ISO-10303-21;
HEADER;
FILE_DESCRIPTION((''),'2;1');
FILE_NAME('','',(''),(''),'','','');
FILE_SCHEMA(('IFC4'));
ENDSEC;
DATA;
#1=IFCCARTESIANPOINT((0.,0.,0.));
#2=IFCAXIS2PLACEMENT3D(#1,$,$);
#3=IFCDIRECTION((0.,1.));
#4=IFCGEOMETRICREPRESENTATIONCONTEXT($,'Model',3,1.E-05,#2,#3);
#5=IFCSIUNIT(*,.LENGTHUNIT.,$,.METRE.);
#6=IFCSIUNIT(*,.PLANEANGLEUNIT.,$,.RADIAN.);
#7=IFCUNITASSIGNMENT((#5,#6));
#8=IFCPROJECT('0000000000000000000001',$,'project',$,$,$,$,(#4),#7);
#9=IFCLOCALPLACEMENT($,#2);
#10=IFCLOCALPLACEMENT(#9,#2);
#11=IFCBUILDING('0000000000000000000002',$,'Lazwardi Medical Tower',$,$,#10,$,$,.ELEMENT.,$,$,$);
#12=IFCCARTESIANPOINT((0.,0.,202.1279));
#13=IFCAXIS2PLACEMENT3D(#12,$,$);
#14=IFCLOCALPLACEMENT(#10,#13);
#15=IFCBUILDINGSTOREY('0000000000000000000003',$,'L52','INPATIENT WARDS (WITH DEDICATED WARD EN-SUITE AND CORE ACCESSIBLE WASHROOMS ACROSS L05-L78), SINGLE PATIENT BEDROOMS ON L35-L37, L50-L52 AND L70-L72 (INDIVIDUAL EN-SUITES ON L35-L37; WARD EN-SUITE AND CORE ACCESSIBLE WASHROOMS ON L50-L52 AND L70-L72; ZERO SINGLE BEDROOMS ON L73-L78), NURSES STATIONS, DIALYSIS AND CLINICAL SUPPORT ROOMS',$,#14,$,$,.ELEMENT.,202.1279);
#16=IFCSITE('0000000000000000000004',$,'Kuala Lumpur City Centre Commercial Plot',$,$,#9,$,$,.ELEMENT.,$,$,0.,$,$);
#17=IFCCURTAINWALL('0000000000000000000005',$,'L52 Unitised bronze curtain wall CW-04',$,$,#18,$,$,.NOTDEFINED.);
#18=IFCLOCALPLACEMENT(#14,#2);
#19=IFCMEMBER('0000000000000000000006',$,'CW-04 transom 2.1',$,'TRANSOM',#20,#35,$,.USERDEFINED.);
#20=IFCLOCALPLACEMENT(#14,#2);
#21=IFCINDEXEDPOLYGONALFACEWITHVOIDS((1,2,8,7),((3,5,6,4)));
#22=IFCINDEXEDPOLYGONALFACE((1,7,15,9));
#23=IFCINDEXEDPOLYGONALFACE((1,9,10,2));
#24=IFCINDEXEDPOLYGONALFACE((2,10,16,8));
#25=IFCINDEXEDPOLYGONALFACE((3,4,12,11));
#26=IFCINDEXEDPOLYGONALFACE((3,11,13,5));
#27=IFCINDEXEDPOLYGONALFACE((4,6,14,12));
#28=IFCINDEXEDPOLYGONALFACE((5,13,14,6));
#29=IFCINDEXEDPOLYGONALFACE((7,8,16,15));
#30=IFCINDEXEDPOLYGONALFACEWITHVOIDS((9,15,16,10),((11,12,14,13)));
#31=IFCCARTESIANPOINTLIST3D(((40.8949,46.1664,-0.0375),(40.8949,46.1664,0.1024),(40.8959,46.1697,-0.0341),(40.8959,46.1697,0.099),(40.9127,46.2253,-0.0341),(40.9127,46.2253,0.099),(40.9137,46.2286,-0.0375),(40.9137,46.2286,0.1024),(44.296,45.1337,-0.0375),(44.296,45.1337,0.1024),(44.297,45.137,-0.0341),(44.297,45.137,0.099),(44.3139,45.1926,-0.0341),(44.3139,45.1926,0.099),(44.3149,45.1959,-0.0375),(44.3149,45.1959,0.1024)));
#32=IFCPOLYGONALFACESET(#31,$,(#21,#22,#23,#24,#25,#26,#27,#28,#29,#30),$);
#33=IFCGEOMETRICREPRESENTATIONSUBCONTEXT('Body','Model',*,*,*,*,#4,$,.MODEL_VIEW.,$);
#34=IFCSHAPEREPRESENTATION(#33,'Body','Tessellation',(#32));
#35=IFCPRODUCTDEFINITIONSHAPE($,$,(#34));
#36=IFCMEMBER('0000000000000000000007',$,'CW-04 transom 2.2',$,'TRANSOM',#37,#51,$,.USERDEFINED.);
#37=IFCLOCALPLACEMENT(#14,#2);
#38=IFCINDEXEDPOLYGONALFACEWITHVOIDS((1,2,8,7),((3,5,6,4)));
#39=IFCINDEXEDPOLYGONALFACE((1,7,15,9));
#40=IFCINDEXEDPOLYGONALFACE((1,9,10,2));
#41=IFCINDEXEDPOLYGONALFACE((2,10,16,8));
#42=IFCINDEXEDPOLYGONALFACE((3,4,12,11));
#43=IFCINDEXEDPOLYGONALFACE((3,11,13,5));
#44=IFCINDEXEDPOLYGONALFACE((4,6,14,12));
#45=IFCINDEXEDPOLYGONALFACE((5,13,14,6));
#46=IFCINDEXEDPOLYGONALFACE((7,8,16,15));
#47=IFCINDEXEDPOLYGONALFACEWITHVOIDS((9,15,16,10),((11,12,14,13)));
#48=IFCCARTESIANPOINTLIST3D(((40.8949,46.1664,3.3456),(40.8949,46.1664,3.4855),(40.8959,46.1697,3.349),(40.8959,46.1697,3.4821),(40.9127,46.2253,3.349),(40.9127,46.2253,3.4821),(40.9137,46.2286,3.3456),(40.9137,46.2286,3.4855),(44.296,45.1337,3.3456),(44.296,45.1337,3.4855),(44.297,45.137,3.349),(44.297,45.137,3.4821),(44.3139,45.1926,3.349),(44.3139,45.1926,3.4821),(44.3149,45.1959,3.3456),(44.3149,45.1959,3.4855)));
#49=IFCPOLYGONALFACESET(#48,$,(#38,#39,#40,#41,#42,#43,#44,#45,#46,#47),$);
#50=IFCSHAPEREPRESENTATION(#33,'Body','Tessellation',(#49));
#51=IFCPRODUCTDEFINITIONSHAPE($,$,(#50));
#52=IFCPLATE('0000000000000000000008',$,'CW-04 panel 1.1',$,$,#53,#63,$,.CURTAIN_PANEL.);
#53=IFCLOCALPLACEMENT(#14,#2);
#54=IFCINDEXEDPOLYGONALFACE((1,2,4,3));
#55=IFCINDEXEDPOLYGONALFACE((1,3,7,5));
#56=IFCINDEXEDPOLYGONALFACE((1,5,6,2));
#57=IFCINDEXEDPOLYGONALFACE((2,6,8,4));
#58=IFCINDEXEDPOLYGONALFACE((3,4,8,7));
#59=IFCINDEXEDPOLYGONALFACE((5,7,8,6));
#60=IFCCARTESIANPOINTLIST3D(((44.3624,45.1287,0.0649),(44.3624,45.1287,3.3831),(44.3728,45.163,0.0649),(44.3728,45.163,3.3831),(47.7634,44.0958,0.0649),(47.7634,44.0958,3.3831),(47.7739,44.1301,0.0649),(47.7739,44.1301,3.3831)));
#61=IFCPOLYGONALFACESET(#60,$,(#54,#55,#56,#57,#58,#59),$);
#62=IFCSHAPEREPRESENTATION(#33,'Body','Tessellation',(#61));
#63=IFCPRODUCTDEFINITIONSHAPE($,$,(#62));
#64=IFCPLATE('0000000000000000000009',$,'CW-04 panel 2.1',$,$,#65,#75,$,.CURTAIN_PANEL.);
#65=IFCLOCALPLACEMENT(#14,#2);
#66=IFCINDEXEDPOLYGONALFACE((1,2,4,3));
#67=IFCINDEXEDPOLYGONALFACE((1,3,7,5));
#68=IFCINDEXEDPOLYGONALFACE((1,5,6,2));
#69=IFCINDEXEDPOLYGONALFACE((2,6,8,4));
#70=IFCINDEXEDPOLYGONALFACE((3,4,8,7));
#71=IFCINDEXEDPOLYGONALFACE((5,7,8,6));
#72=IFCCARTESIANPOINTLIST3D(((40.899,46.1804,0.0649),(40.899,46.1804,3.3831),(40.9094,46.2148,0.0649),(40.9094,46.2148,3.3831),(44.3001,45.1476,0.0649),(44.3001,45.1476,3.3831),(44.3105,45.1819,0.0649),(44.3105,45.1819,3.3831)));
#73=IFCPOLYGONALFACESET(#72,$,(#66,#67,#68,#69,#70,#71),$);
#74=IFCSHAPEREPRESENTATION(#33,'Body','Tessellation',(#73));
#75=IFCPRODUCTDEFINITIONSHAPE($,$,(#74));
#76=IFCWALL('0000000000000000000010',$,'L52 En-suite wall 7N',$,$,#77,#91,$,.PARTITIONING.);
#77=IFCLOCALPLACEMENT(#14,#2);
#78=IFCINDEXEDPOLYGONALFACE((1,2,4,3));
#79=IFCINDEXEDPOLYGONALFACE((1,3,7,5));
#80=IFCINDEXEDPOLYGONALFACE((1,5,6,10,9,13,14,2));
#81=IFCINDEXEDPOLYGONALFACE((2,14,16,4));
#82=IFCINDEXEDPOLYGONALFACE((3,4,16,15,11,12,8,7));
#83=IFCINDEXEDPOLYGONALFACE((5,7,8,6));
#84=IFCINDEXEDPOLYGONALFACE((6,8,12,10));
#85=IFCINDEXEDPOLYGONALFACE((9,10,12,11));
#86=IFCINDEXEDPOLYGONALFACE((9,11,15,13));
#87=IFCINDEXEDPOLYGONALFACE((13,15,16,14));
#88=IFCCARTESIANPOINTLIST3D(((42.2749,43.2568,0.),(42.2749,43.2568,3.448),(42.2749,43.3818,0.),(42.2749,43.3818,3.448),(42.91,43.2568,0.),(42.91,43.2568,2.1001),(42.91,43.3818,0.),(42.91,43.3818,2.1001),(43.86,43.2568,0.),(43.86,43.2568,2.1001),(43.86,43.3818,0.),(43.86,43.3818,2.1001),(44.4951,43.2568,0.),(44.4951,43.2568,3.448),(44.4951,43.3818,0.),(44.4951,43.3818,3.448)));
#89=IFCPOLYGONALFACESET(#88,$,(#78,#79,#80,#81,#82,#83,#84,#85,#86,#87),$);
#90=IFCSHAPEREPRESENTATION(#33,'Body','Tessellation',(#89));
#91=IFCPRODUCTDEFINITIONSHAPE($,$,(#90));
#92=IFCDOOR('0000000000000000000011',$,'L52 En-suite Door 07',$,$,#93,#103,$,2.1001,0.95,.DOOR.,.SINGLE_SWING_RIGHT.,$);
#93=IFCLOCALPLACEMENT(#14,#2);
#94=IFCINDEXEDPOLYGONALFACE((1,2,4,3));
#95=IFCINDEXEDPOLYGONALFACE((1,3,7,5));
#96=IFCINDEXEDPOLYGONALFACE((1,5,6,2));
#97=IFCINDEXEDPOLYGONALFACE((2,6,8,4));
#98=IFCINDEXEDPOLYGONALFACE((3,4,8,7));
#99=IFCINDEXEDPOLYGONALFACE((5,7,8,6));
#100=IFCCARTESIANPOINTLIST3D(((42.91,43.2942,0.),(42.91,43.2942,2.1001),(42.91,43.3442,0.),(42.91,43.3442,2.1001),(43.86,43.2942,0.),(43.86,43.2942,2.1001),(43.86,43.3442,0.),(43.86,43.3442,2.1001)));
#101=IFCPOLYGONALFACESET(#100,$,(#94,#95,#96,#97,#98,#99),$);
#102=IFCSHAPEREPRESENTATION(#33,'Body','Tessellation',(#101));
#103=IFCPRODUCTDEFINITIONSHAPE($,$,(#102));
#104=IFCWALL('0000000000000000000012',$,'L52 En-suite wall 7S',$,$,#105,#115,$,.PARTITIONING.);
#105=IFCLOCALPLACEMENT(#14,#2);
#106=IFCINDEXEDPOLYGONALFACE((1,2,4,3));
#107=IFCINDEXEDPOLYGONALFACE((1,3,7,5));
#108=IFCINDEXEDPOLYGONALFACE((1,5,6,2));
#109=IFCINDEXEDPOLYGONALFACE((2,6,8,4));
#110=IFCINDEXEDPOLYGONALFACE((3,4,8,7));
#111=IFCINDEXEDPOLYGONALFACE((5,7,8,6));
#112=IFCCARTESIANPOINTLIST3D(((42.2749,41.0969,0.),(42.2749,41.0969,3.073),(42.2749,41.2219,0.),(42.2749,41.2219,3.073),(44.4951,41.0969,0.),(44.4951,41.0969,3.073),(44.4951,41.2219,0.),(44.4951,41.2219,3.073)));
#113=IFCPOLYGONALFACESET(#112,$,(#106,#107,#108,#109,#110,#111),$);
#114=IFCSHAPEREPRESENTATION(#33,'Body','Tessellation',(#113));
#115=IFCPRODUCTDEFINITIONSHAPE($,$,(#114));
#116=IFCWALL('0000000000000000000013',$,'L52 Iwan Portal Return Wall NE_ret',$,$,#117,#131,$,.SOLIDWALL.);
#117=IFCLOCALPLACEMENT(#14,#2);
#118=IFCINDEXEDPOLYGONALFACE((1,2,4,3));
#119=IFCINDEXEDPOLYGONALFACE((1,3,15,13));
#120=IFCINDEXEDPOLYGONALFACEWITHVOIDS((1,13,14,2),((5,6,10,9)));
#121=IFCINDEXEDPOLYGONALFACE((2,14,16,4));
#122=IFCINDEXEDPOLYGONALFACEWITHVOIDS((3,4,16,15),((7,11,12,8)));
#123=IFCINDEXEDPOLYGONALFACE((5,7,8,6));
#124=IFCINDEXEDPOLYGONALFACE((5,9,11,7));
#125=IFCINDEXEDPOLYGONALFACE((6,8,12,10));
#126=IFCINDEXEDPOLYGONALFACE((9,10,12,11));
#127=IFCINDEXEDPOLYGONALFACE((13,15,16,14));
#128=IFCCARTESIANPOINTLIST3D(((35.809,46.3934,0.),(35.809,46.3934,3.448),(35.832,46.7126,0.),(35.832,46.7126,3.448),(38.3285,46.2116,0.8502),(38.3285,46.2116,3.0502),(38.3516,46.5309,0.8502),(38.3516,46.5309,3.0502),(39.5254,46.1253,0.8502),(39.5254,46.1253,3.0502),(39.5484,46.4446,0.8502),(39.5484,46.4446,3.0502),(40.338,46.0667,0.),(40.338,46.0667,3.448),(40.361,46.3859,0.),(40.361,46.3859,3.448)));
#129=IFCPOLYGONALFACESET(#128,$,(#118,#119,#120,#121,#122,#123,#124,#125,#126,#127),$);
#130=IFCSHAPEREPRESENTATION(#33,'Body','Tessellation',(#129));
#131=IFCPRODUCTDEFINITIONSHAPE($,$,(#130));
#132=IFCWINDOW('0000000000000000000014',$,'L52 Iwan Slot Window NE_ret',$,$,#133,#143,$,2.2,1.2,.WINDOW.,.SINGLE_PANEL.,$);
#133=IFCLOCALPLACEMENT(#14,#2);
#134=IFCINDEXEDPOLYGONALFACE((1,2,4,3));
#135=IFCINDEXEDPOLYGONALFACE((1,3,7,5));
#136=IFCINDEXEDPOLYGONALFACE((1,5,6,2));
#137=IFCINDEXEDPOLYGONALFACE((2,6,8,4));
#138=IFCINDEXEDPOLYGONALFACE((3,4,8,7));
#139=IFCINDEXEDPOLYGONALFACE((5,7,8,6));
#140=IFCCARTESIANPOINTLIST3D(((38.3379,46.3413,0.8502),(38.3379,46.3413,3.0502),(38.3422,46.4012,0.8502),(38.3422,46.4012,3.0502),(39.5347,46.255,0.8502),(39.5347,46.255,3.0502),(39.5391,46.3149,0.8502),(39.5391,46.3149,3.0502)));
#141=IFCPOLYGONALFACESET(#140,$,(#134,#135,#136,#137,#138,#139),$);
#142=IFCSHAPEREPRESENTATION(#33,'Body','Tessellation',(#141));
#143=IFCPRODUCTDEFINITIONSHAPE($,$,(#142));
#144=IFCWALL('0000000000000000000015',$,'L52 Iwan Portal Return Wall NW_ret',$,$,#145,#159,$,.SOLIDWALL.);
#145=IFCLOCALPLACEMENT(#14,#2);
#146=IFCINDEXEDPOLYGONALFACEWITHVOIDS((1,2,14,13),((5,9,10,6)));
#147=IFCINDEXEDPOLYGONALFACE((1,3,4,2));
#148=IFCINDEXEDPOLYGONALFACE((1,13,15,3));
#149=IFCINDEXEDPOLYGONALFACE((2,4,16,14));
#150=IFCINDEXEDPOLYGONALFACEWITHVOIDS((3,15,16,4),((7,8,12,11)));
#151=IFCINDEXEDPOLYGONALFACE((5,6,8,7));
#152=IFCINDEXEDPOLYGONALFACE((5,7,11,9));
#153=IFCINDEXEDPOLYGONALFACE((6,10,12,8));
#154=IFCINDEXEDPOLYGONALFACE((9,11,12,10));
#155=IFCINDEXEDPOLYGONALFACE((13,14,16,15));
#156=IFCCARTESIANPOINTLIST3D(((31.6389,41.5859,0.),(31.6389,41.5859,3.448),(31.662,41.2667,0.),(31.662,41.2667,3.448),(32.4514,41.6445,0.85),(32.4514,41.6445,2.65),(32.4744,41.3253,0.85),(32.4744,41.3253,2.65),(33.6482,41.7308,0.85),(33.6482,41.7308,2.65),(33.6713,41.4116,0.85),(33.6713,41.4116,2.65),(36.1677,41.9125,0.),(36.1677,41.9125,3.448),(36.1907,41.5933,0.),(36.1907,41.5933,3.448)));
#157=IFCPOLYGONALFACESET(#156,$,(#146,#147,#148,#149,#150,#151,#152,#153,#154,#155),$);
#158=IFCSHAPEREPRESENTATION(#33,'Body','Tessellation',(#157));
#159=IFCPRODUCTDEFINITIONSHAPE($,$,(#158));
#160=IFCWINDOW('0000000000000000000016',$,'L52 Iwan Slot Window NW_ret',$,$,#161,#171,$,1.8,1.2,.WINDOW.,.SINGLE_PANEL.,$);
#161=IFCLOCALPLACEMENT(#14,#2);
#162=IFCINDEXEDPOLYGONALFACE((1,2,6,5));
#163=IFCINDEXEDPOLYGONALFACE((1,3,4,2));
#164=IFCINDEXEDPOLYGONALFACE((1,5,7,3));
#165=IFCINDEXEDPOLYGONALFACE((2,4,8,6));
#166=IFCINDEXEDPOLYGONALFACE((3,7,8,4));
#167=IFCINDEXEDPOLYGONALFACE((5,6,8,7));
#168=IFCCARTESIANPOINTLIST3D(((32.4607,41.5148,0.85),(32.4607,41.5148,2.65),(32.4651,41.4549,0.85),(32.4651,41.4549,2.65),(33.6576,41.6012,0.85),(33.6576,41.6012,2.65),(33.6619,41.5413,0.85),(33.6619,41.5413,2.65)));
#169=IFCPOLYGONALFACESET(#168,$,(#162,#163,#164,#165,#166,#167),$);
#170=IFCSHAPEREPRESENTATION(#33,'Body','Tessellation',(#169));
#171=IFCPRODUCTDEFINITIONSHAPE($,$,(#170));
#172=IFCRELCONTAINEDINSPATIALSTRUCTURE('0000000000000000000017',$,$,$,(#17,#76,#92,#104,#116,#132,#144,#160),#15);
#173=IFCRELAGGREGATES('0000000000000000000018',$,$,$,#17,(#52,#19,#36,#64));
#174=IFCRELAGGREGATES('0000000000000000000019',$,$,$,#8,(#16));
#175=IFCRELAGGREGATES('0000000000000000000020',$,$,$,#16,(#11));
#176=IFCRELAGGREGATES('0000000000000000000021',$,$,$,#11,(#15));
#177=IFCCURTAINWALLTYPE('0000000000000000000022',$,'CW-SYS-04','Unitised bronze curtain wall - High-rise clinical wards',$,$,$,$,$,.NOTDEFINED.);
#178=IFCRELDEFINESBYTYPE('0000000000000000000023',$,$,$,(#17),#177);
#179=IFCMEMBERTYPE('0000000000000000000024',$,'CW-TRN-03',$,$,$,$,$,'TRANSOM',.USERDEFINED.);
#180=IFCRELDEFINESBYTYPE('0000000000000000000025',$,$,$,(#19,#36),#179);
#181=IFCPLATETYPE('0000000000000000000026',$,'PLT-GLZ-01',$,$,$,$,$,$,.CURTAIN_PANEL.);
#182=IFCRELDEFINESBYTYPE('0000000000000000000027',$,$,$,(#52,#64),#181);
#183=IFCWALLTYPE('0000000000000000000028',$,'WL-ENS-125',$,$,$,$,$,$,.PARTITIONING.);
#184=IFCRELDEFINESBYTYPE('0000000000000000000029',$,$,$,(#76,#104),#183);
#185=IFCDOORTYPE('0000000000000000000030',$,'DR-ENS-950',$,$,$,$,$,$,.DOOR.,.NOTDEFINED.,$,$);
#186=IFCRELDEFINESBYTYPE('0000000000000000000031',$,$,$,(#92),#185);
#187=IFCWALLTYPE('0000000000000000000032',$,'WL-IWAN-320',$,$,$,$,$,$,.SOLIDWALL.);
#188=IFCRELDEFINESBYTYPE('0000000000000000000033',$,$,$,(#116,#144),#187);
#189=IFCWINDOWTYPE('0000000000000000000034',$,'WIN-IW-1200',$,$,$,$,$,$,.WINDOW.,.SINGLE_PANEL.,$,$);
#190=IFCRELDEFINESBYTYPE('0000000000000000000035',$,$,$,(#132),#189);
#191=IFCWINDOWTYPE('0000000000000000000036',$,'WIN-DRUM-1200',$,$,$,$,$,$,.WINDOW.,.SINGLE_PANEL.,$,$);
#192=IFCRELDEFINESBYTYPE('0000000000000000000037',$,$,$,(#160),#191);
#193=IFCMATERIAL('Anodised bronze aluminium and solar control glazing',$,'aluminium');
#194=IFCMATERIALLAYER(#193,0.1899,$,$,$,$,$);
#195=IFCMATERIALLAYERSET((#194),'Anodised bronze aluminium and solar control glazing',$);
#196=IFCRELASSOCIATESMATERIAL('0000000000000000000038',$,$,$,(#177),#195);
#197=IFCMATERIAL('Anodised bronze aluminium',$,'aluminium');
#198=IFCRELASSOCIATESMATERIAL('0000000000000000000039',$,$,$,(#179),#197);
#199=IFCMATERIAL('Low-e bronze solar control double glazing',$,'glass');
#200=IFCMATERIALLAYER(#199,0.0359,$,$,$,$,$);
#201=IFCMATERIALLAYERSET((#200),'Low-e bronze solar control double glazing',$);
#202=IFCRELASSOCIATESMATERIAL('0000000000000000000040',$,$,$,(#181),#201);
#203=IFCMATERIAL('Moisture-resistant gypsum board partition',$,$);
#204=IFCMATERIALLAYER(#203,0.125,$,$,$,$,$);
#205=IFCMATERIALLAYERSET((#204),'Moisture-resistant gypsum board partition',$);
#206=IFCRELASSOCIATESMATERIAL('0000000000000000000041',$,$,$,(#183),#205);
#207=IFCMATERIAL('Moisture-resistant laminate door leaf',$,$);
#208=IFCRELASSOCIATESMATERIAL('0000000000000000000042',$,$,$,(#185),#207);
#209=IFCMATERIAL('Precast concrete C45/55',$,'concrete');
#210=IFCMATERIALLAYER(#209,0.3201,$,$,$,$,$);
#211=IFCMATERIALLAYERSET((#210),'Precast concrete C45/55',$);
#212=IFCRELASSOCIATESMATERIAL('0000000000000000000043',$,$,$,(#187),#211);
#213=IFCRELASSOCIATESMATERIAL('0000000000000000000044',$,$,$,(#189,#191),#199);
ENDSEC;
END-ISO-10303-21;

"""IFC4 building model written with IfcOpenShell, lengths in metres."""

from ifc_helpers import new_model, si_unit, direction, frame, frame_2d, origin, origin_2d, place, context, subcontext, project, spatial, rectangle, hollow_rectangle, extrude, material, layer, layer_set, material_profile, profile_set, type_object, element, fill, aggregate, save


model = new_model("IFC4")

# Units and contexts
model_context = context("Model", 3, precision=1e-05, world=origin(), true_north=direction((0.0, 1.0)))
body_context = subcontext(model_context, "Body", "Model", "MODEL_VIEW")
ifc_project = project(units=[si_unit("LENGTHUNIT", "METRE"), si_unit("PLANEANGLEUNIT", "RADIAN")], contexts=[model_context])

# Site, building, storey
site_placement = place(None, origin())
site = spatial("IfcSite", under=ifc_project, at=site_placement, Name="Kuala Lumpur City Centre Commercial Plot", CompositionType="ELEMENT", RefElevation=0.0)
building_placement = place(site_placement, origin())
building = spatial("IfcBuilding", under=site, at=building_placement, Name="Lazwardi Medical Tower", CompositionType="ELEMENT")
storey_placement = place(building_placement, frame((0.0, 0.0, 202.1279)))
storey = spatial("IfcBuildingStorey", under=building, at=storey_placement, Name="L52", Description="INPATIENT WARDS (WITH DEDICATED WARD EN-SUITE AND CORE ACCESSIBLE WASHROOMS ACROSS L05-L78), SINGLE PATIENT BEDROOMS ON L35-L37, L50-L52 AND L70-L72 (INDIVIDUAL EN-SUITES ON L35-L37; WARD EN-SUITE AND CORE ACCESSIBLE WASHROOMS ON L50-L52 AND L70-L72; ZERO SINGLE BEDROOMS ON L73-L78), NURSES STATIONS, DIALYSIS AND CLINICAL SUPPORT ROOMS", CompositionType="ELEMENT", Elevation=202.1279)

# Curtain wall, members, plates
ifc_material_1 = material(Name="Anodised bronze aluminium and solar control glazing", Category="aluminium")
ifc_layer_1 = layer(ifc_material_1, 0.1899)
ifc_layer_set_1 = layer_set([ifc_layer_1], Name="Anodised bronze aluminium and solar control glazing")
curtain_wall_type = type_object("IfcCurtainWallType", Name="CW-SYS-04", Description="Unitised bronze curtain wall - High-rise clinical wards", PredefinedType="NOTDEFINED", material=ifc_layer_set_1)
curtain_wall_placement = place(storey_placement, origin())
curtain_wall = element("IfcCurtainWall", 1, at=curtain_wall_placement, inside=storey, type_object=curtain_wall_type, Name="L52 Unitised bronze curtain wall CW-04", PredefinedType="NOTDEFINED")
ifc_material_2 = material(Name="Anodised bronze aluminium", Category="aluminium")
ifc_material_profile_1 = material_profile(ifc_material_2, hollow_rectangle(XDim=0.0649, YDim=0.1399, WallThickness=0.0034, at=origin_2d()), Name="ALU-TRANSOM 140x65x3.5")
ifc_profile_set_1 = profile_set([ifc_material_profile_1], Name="Anodised bronze aluminium")
member_type_1 = type_object("IfcMemberType", Name="CW-TRN-03", ElementType="TRANSOM", PredefinedType="USERDEFINED", material=ifc_profile_set_1)
member_1_placement = place(storey_placement, frame((44.3054, 45.1648, 0.0325), z_axis=(-0.956863, 0.290541, 0.0), x_axis=(-0.290541, -0.956863, 0.0)))
member_1 = element("IfcMember", 2, at=member_1_placement, type_object=member_type_1, Name="CW-04 transom 2.1", ObjectType="TRANSOM", PredefinedType="USERDEFINED", context=body_context, shape_type="SweptSolid", body=[
    extrude(hollow_rectangle(XDim=0.0649, YDim=0.1399, WallThickness=0.0034, at=origin_2d()), origin(), (0.0, 0.0, 1.0), 3.5544),
])
member_2_placement = place(storey_placement, frame((44.3054, 45.1648, 3.4155), z_axis=(-0.956863, 0.290541, 0.0), x_axis=(-0.290541, -0.956863, 0.0)))
member_2 = element("IfcMember", 3, at=member_2_placement, type_object=member_type_1, Name="CW-04 transom 2.2", ObjectType="TRANSOM", PredefinedType="USERDEFINED", context=body_context, shape_type="SweptSolid", body=[
    extrude(hollow_rectangle(XDim=0.0649, YDim=0.1399, WallThickness=0.0034, at=origin_2d()), origin(), (0.0, 0.0, 1.0), 3.5544),
])
ifc_material_3 = material(Name="Low-e bronze solar control double glazing", Category="glass")
ifc_layer_2 = layer(ifc_material_3, 0.0359)
ifc_layer_set_2 = layer_set([ifc_layer_2], Name="Low-e bronze solar control double glazing")
plate_type = type_object("IfcPlateType", Name="PLT-GLZ-01", PredefinedType="CURTAIN_PANEL", material=ifc_layer_set_2)
plate_1_placement = place(storey_placement, frame((46.0681, 44.6294, 0.0649), z_axis=(0.0, 0.0, 1.0), x_axis=(-0.95685, 0.290582, 0.0)))
plate_1 = element("IfcPlate", 4, at=plate_1_placement, type_object=plate_type, Name="CW-04 panel 1.1", PredefinedType="CURTAIN_PANEL", context=body_context, shape_type="SweptSolid", body=[
    extrude(rectangle(XDim=3.5544, YDim=0.0359, at=origin_2d()), origin(), (0.0, 0.0, 1.0), 3.3181),
])
plate_2_placement = place(storey_placement, frame((42.6047, 45.6812, 0.0649), z_axis=(0.0, 0.0, 1.0), x_axis=(-0.95685, 0.290582, 0.0)))
plate_2 = element("IfcPlate", 5, at=plate_2_placement, type_object=plate_type, Name="CW-04 panel 2.1", PredefinedType="CURTAIN_PANEL", context=body_context, shape_type="SweptSolid", body=[
    extrude(rectangle(XDim=3.5544, YDim=0.0359, at=origin_2d()), origin(), (0.0, 0.0, 1.0), 3.3181),
])
aggregate(curtain_wall, [plate_1, member_1, member_2, plate_2])

# Wall, opening, door
ifc_material_4 = material(Name="Moisture-resistant gypsum board partition")
ifc_layer_3 = layer(ifc_material_4, 0.125)
ifc_layer_set_3 = layer_set([ifc_layer_3], Name="Moisture-resistant gypsum board partition")
wall_type_1 = type_object("IfcWallType", Name="WL-ENS-125", PredefinedType="PARTITIONING", material=ifc_layer_set_3)
wall_1_placement = place(storey_placement, frame((42.2749, 43.3193, 0.0), z_axis=(0.0, 0.0, 1.0), x_axis=(1.0, 0.0, 0.0)))
wall_1 = element("IfcWall", 6, at=wall_1_placement, inside=storey, type_object=wall_type_1, Name="L52 En-suite wall 7N", PredefinedType="PARTITIONING", context=body_context, shape_type="SweptSolid", body=[
    extrude(rectangle(XDim=2.2202, YDim=0.125, at=frame_2d((1.1101, 0.0))), origin(), (0.0, 0.0, 1.0), 3.448),
])
opening_1_placement = place(wall_1_placement, frame((0.635, 0.0, 0.0)))
opening_1 = element("IfcOpeningElement", 7, at=opening_1_placement, cuts=wall_1, PredefinedType="OPENING", context=body_context, shape_type="SweptSolid", body=[
    extrude(rectangle(XDim=0.95, YDim=2.1001, at=frame_2d((0.4751, 1.05))), frame((0.0, 0.0725, 0.0), z_axis=(0.0, -1.0, 0.0), x_axis=(1.0, 0.0, 0.0)), (0.0, 0.0, 1.0), 0.145),
])
ifc_material_5 = material(Name="Moisture-resistant laminate door leaf")
door_type = type_object("IfcDoorType", Name="DR-ENS-950", OperationType="NOTDEFINED", PredefinedType="DOOR", material=ifc_material_5)
door_placement = place(opening_1_placement, origin())
door = element("IfcDoor", 8, at=door_placement, inside=storey, type_object=door_type, Name="L52 En-suite Door 07", OperationType="SINGLE_SWING_RIGHT", OverallHeight=2.1001, OverallWidth=0.95, PredefinedType="DOOR", context=body_context, shape_type="SweptSolid", body=[
    extrude(rectangle(XDim=0.95, YDim=2.1001, at=frame_2d((0.4751, 1.05))), frame((0.0, 0.0249, 0.0), z_axis=(0.0, -1.0, 0.0), x_axis=(1.0, 0.0, 0.0)), (0.0, 0.0, 1.0), 0.05),
])
fill(opening_1, door)

# Wall
wall_2_placement = place(storey_placement, frame((42.2749, 41.1594, 0.0), z_axis=(0.0, 0.0, 1.0), x_axis=(1.0, 0.0, 0.0)))
element("IfcWall", 9, at=wall_2_placement, inside=storey, type_object=wall_type_1, Name="L52 En-suite wall 7S", PredefinedType="PARTITIONING", context=body_context, shape_type="SweptSolid", body=[
    extrude(rectangle(XDim=2.2202, YDim=0.125, at=frame_2d((1.1101, 0.0))), origin(), (0.0, 0.0, 1.0), 3.073),
])

# Walls, openings, windows
ifc_material_6 = material(Name="Precast concrete C45/55", Category="concrete")
ifc_layer_4 = layer(ifc_material_6, 0.3201)
ifc_layer_set_4 = layer_set([ifc_layer_4], Name="Precast concrete C45/55")
wall_type_2 = type_object("IfcWallType", Name="WL-IWAN-320", PredefinedType="SOLIDWALL", material=ifc_layer_set_4)
wall_3_placement = place(storey_placement, frame((40.3496, 46.2263, 0.0), z_axis=(0.0, 0.0, 1.0), x_axis=(-0.997409, 0.071939, 0.0)))
wall_3 = element("IfcWall", 10, at=wall_3_placement, inside=storey, type_object=wall_type_2, Name="L52 Iwan Portal Return Wall NE_ret", PredefinedType="SOLIDWALL", context=body_context, shape_type="SweptSolid", body=[
    extrude(rectangle(XDim=4.5408, YDim=0.3201, at=frame_2d((2.2705, 0.0))), origin(), (0.0, 0.0, 1.0), 3.448),
])
opening_2_placement = place(wall_3_placement, frame((0.8147, 0.0, 0.8501)))
opening_2 = element("IfcOpeningElement", 11, at=opening_2_placement, cuts=wall_3, PredefinedType="OPENING", context=body_context, shape_type="SweptSolid", body=[
    extrude(rectangle(XDim=1.2, YDim=2.2, at=frame_2d((0.6001, 1.1001))), frame((0.0, 0.1699, 0.0), z_axis=(0.0, -1.0, 0.0), x_axis=(1.0, 0.0, 0.0)), (0.0, 0.0, 1.0), 0.3401),
])
window_type_1 = type_object("IfcWindowType", Name="WIN-IW-1200", PartitioningType="SINGLE_PANEL", PredefinedType="WINDOW", material=ifc_material_3)
window_1_placement = place(opening_2_placement, origin())
window_1 = element("IfcWindow", 12, at=window_1_placement, inside=storey, type_object=window_type_1, Name="L52 Iwan Slot Window NE_ret", OverallHeight=2.2, OverallWidth=1.2, PartitioningType="SINGLE_PANEL", PredefinedType="WINDOW", context=body_context, shape_type="SweptSolid", body=[
    extrude(rectangle(XDim=1.2, YDim=2.2, at=frame_2d((0.6001, 1.1001))), frame((0.0, 0.03, 0.0), z_axis=(0.0, -1.0, 0.0), x_axis=(1.0, 0.0, 0.0)), (0.0, 0.0, 1.0), 0.0601),
])
fill(opening_2, window_1)
wall_4_placement = place(storey_placement, frame((36.1792, 41.7529, 0.0), z_axis=(0.0, 0.0, 1.0), x_axis=(-0.997409, -0.071942, 0.0)))
wall_4 = element("IfcWall", 13, at=wall_4_placement, inside=storey, type_object=wall_type_2, Name="L52 Iwan Portal Return Wall NW_ret", PredefinedType="SOLIDWALL", context=body_context, shape_type="SweptSolid", body=[
    extrude(rectangle(XDim=4.5405, YDim=0.3201, at=frame_2d((2.2703, 0.0))), origin(), (0.0, 0.0, 1.0), 3.448),
])
opening_3_placement = place(wall_4_placement, frame((2.5259, 0.0, 0.8501)))
opening_3 = element("IfcOpeningElement", 14, at=opening_3_placement, cuts=wall_4, PredefinedType="OPENING", context=body_context, shape_type="SweptSolid", body=[
    extrude(rectangle(XDim=1.2, YDim=1.8, at=frame_2d((0.6001, 0.8999))), frame((0.0, 0.1699, 0.0), z_axis=(0.0, -1.0, 0.0), x_axis=(1.0, 0.0, 0.0)), (0.0, 0.0, 1.0), 0.3401),
])
window_type_2 = type_object("IfcWindowType", Name="WIN-DRUM-1200", PartitioningType="SINGLE_PANEL", PredefinedType="WINDOW", material=ifc_material_3)
window_2_placement = place(opening_3_placement, origin())
window_2 = element("IfcWindow", 15, at=window_2_placement, inside=storey, type_object=window_type_2, Name="L52 Iwan Slot Window NW_ret", OverallHeight=1.8, OverallWidth=1.2, PartitioningType="SINGLE_PANEL", PredefinedType="WINDOW", context=body_context, shape_type="SweptSolid", body=[
    extrude(rectangle(XDim=1.2, YDim=1.8, at=frame_2d((0.6001, 0.8999))), frame((0.0, 0.03, 0.0), z_axis=(0.0, -1.0, 0.0), x_axis=(1.0, 0.0, 0.0)), (0.0, 0.0, 1.0), 0.0601),
])
fill(opening_3, window_2)

save(model, "model.ifc")
